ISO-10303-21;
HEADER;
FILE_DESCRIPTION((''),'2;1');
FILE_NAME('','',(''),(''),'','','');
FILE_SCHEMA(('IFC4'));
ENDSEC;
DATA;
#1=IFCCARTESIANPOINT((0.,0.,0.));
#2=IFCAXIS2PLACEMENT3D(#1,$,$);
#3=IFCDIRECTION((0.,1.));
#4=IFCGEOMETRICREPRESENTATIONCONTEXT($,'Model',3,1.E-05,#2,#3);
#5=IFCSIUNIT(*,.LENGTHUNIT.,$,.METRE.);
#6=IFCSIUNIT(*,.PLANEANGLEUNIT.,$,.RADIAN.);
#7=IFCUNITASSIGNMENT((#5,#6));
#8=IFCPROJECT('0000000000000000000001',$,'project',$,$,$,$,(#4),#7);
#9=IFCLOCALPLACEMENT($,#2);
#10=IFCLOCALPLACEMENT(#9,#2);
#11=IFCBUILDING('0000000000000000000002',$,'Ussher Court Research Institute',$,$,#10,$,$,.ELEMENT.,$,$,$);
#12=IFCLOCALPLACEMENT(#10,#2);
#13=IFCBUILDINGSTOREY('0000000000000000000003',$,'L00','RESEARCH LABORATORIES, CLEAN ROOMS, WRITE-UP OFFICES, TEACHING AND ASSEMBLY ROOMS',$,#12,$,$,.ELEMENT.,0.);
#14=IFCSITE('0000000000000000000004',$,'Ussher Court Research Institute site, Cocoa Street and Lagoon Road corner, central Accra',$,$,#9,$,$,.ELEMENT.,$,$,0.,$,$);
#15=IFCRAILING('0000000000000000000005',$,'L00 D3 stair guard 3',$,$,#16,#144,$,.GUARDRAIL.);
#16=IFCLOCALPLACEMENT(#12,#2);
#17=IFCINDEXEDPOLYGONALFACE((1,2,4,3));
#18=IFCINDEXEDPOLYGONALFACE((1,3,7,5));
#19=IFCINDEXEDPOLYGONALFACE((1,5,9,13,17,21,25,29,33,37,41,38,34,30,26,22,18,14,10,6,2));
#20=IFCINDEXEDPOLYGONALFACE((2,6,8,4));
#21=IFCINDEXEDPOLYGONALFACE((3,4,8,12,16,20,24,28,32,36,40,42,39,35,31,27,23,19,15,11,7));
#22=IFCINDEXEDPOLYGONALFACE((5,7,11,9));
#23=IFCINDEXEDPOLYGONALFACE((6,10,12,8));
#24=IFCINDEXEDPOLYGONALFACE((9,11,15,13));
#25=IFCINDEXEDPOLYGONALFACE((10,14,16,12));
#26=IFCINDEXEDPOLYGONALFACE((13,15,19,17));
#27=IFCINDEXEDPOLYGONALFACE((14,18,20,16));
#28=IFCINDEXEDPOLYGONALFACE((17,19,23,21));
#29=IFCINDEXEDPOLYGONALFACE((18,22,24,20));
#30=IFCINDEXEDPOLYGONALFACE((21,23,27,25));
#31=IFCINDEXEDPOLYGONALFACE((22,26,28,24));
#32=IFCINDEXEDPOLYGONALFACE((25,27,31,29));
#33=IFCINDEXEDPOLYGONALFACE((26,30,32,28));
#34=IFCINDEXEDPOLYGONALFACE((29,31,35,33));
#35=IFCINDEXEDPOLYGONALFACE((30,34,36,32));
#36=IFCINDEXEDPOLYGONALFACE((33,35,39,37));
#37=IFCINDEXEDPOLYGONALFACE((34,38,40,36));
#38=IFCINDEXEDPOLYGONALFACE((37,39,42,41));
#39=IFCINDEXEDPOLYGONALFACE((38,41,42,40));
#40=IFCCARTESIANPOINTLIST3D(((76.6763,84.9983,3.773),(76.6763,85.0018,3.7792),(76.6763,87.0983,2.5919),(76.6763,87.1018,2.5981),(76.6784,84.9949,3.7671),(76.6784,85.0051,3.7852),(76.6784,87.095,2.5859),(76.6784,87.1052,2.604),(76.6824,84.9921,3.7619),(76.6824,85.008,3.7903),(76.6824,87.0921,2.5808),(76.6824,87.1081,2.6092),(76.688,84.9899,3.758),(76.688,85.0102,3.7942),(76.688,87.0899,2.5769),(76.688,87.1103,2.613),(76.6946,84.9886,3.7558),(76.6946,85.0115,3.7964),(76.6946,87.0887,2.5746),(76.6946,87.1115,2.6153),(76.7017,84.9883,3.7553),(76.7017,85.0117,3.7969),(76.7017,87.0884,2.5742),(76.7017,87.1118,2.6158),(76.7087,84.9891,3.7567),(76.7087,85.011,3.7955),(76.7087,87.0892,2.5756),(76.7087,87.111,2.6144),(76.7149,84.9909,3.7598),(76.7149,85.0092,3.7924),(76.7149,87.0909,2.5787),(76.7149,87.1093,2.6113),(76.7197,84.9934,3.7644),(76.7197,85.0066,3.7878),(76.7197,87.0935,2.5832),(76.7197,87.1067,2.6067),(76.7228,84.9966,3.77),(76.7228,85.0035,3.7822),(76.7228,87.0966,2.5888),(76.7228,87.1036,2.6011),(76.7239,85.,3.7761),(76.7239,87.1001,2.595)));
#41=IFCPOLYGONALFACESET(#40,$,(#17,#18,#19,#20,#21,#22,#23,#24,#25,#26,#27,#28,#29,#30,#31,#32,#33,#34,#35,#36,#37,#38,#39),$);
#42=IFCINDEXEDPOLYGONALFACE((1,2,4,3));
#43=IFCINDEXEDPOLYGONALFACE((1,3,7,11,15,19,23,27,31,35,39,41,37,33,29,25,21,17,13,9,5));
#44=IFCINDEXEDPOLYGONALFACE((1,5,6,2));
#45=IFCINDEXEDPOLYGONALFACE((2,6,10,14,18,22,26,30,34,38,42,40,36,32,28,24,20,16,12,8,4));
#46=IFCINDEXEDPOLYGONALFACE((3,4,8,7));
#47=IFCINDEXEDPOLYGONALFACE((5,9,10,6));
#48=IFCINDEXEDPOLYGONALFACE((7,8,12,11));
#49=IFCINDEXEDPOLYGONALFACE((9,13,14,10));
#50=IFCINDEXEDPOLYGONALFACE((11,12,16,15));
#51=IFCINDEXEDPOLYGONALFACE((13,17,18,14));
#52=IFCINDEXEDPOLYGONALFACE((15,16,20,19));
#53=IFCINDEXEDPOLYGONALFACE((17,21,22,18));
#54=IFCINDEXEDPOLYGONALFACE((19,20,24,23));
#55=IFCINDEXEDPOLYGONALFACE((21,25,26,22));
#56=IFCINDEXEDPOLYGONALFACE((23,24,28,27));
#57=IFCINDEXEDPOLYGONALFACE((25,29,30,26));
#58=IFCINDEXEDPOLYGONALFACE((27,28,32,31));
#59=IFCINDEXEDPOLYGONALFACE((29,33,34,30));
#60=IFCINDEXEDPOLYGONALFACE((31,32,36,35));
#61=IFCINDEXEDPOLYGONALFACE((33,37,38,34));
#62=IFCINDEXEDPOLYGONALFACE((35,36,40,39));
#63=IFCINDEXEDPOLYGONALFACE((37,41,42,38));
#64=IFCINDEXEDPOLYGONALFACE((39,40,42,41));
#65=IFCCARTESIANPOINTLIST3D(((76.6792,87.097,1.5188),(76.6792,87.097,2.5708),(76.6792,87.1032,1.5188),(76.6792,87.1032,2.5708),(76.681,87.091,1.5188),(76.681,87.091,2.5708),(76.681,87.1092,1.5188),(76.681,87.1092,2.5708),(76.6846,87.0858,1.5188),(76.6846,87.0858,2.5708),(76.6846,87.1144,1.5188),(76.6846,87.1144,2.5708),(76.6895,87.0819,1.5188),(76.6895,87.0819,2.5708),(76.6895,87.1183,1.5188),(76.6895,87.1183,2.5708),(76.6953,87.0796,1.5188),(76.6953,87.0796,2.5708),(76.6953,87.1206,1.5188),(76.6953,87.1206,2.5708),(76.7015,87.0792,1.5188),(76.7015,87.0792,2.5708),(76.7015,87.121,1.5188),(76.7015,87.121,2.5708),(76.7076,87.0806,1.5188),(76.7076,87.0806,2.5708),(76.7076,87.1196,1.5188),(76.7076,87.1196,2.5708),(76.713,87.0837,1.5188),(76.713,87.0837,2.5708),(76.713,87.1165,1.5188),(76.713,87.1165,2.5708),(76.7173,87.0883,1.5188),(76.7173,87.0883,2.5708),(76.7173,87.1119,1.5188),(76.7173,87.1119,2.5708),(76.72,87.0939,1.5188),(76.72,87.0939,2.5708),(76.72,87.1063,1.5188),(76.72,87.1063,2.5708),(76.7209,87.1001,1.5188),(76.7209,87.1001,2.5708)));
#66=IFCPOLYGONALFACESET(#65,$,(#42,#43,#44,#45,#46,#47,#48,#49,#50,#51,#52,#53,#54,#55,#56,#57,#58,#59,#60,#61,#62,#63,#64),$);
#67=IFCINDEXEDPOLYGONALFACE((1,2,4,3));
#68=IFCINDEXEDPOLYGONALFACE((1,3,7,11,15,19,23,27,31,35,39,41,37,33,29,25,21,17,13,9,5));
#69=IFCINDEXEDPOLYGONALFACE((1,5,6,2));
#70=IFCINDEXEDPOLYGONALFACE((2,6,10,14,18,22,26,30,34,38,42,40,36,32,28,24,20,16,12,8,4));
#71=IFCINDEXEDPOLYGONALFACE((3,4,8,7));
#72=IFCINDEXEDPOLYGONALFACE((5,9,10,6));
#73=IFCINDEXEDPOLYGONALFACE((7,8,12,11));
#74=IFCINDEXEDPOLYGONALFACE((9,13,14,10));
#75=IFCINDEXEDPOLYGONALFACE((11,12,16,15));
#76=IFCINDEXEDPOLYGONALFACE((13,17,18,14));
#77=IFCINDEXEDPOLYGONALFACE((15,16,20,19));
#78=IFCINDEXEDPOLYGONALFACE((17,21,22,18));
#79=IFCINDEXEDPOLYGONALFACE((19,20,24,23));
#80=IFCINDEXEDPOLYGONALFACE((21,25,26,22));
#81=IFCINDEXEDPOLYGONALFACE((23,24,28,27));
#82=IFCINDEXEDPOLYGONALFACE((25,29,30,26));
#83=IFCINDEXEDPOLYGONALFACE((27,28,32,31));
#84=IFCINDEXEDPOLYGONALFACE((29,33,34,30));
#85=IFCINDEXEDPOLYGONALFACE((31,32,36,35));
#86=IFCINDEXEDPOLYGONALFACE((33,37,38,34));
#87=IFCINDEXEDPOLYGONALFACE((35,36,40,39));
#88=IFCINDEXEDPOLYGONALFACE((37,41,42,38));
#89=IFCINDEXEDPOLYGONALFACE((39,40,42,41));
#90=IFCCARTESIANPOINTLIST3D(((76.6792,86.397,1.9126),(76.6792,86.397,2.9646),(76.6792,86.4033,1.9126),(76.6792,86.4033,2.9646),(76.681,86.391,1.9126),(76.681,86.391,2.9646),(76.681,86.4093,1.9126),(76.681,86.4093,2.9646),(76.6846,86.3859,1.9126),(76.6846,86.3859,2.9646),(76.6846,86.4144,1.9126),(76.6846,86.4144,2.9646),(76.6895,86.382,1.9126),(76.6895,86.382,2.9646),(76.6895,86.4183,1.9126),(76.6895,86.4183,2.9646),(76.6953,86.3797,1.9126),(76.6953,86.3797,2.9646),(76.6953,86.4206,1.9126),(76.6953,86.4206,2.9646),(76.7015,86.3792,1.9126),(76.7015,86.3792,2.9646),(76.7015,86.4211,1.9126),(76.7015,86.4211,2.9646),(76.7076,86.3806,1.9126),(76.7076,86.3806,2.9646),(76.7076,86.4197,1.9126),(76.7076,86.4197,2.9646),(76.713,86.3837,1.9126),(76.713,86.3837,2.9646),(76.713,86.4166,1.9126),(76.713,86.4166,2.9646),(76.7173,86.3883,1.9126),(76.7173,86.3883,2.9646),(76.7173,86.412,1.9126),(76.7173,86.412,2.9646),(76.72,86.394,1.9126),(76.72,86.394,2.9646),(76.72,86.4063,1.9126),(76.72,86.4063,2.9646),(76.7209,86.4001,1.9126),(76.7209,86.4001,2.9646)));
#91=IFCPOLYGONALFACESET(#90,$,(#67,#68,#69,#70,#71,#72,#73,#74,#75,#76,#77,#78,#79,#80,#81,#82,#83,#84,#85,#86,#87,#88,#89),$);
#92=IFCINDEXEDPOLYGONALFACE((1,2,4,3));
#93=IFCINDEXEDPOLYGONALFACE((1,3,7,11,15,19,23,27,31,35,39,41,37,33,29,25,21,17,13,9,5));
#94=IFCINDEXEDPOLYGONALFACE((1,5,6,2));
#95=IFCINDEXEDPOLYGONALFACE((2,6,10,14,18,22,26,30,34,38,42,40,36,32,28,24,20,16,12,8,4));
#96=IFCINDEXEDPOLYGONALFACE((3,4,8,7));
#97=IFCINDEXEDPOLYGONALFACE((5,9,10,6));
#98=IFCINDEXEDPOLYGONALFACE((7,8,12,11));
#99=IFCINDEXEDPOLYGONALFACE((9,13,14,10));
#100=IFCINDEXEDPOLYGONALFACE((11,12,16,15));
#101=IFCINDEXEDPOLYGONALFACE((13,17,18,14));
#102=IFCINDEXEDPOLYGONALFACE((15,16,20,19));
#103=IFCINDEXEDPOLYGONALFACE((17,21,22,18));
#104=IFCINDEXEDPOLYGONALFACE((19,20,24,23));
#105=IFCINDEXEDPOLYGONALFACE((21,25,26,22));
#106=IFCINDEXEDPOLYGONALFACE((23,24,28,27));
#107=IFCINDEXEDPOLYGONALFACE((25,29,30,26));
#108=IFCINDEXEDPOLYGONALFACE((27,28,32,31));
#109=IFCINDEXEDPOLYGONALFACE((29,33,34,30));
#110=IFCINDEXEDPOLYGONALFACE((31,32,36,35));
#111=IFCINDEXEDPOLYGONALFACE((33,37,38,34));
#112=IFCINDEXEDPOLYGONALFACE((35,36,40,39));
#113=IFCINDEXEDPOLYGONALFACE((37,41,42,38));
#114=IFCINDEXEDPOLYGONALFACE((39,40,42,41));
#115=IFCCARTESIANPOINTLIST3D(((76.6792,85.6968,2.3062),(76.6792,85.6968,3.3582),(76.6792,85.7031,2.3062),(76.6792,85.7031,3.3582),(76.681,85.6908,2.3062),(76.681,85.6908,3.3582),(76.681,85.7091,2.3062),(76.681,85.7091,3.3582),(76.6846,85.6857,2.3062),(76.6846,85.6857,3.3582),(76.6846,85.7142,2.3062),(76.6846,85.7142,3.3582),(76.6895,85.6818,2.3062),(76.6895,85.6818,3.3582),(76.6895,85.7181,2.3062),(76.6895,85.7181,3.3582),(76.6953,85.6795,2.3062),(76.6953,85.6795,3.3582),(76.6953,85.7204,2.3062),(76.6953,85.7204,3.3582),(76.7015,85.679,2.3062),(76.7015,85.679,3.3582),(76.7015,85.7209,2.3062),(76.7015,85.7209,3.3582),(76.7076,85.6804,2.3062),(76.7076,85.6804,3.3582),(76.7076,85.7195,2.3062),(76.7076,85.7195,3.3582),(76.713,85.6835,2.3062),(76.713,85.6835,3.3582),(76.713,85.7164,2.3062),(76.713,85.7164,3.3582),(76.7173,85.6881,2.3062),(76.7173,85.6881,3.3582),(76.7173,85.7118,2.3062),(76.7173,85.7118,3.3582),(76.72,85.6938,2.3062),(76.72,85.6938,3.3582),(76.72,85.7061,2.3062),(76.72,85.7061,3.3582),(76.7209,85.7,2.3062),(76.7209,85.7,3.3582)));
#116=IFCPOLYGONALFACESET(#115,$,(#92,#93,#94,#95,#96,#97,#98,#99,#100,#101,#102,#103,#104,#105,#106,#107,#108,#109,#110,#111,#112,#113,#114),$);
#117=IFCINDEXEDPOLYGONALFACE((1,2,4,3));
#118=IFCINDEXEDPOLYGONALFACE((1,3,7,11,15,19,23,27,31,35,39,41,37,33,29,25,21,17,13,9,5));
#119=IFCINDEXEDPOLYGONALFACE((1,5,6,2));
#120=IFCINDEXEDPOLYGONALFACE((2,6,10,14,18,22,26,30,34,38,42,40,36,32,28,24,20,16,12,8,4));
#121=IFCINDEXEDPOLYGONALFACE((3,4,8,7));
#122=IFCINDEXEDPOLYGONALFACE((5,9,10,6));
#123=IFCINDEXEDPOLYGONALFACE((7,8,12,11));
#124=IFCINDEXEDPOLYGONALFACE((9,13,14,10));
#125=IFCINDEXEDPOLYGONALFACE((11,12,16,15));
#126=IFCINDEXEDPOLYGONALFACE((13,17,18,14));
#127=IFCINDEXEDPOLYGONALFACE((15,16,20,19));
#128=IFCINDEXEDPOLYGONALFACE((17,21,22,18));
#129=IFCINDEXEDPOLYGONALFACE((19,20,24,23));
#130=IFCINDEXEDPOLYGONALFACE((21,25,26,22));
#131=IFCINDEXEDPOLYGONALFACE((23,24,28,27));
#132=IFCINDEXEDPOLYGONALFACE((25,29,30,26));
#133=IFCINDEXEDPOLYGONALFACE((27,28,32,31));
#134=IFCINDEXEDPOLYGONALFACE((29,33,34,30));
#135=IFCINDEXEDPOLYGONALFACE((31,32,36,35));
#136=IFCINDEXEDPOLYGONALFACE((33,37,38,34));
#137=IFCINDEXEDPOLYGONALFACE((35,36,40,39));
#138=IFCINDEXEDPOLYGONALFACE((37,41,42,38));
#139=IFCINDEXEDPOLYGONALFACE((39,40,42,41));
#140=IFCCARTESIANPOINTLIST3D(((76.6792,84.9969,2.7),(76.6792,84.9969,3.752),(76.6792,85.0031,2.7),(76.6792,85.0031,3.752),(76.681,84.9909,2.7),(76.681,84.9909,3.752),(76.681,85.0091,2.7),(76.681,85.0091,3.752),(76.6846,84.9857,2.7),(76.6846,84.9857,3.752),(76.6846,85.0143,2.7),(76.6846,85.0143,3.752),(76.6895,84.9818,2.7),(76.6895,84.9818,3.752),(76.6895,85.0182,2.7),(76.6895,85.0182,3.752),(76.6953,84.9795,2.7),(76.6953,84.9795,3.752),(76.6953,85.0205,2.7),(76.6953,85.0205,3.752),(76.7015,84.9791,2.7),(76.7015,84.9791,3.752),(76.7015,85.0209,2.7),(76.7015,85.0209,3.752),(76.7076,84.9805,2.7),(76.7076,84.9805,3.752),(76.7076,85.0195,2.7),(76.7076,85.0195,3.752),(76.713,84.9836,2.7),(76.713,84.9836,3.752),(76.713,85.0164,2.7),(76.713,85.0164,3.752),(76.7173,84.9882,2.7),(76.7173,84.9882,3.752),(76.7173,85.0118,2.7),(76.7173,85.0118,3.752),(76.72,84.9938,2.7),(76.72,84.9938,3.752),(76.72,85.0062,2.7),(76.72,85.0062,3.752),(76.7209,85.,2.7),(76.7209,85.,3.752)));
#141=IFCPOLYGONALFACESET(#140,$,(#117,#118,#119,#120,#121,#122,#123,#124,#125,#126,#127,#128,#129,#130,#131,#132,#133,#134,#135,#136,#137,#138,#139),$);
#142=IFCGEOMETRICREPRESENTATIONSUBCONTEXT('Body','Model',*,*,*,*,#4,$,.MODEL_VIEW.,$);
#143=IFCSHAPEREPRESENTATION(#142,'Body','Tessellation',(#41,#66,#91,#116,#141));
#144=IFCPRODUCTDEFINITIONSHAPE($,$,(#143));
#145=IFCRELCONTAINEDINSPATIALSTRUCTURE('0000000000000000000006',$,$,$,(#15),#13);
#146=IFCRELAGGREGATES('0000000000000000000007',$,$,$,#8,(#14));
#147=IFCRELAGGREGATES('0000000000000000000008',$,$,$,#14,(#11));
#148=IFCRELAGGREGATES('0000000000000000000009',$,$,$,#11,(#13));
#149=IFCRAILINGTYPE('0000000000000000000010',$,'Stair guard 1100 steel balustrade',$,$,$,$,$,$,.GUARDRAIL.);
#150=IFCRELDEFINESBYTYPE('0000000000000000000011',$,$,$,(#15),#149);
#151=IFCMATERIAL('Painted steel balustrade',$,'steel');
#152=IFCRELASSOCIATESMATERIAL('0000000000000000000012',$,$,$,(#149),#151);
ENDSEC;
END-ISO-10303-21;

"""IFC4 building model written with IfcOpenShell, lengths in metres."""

from ifc_helpers import new_model, si_unit, direction, frame, origin, origin_2d, place, context, subcontext, project, spatial, circle, extrude, material, type_object, element, save


model = new_model("IFC4")

# Units and contexts
model_context = context("Model", 3, precision=1e-05, world=origin(), true_north=direction((0.0, 1.0)))
body_context = subcontext(model_context, "Body", "Model", "MODEL_VIEW")
ifc_project = project(units=[si_unit("LENGTHUNIT", "METRE"), si_unit("PLANEANGLEUNIT", "RADIAN")], contexts=[model_context])

# Site, building, storey
site_placement = place(None, origin())
site = spatial("IfcSite", under=ifc_project, at=site_placement, Name="Ussher Court Research Institute site, Cocoa Street and Lagoon Road corner, central Accra", CompositionType="ELEMENT", RefElevation=0.0)
building_placement = place(site_placement, origin())
building = spatial("IfcBuilding", under=site, at=building_placement, Name="Ussher Court Research Institute", CompositionType="ELEMENT")
storey_placement = place(building_placement, origin())
storey = spatial("IfcBuildingStorey", under=building, at=storey_placement, Name="L00", Description="RESEARCH LABORATORIES, CLEAN ROOMS, WRITE-UP OFFICES, TEACHING AND ASSEMBLY ROOMS", CompositionType="ELEMENT", Elevation=0.0)

# Railing
ifc_material_1 = material(Name="Painted steel balustrade", Category="steel")
railing_type = type_object("IfcRailingType", Name="Stair guard 1100 steel balustrade", PredefinedType="GUARDRAIL", material=ifc_material_1)
railing_1_placement = place(storey_placement, frame((76.7, 87.1001, 1.5188)))
element("IfcRailing", 1, at=railing_1_placement, inside=storey, type_object=railing_type, Name="L00 D3 stair guard 3", PredefinedType="GUARDRAIL", context=body_context, shape_type="SweptSolid", body=[
    extrude(circle(Radius=0.0239, at=origin_2d()), frame((0.0, 0.0, 1.0762), z_axis=(0.0, -0.871603, 0.490213), x_axis=(1.0, 0.0, 0.0)), (0.0, 0.0, 1.0), 2.4094),
    extrude(circle(Radius=0.021, at=origin_2d()), origin(), (0.0, 0.0, 1.0), 1.052),
    extrude(circle(Radius=0.021, at=origin_2d()), frame((0.0, -0.7, 0.3938)), (0.0, 0.0, 1.0), 1.052),
    extrude(circle(Radius=0.021, at=origin_2d()), frame((0.0, -1.4001, 0.7874)), (0.0, 0.0, 1.0), 1.052),
    extrude(circle(Radius=0.021, at=origin_2d()), frame((0.0, -2.1001, 1.1812)), (0.0, 0.0, 1.0), 1.052),
])

save(model, "model.ifc")
